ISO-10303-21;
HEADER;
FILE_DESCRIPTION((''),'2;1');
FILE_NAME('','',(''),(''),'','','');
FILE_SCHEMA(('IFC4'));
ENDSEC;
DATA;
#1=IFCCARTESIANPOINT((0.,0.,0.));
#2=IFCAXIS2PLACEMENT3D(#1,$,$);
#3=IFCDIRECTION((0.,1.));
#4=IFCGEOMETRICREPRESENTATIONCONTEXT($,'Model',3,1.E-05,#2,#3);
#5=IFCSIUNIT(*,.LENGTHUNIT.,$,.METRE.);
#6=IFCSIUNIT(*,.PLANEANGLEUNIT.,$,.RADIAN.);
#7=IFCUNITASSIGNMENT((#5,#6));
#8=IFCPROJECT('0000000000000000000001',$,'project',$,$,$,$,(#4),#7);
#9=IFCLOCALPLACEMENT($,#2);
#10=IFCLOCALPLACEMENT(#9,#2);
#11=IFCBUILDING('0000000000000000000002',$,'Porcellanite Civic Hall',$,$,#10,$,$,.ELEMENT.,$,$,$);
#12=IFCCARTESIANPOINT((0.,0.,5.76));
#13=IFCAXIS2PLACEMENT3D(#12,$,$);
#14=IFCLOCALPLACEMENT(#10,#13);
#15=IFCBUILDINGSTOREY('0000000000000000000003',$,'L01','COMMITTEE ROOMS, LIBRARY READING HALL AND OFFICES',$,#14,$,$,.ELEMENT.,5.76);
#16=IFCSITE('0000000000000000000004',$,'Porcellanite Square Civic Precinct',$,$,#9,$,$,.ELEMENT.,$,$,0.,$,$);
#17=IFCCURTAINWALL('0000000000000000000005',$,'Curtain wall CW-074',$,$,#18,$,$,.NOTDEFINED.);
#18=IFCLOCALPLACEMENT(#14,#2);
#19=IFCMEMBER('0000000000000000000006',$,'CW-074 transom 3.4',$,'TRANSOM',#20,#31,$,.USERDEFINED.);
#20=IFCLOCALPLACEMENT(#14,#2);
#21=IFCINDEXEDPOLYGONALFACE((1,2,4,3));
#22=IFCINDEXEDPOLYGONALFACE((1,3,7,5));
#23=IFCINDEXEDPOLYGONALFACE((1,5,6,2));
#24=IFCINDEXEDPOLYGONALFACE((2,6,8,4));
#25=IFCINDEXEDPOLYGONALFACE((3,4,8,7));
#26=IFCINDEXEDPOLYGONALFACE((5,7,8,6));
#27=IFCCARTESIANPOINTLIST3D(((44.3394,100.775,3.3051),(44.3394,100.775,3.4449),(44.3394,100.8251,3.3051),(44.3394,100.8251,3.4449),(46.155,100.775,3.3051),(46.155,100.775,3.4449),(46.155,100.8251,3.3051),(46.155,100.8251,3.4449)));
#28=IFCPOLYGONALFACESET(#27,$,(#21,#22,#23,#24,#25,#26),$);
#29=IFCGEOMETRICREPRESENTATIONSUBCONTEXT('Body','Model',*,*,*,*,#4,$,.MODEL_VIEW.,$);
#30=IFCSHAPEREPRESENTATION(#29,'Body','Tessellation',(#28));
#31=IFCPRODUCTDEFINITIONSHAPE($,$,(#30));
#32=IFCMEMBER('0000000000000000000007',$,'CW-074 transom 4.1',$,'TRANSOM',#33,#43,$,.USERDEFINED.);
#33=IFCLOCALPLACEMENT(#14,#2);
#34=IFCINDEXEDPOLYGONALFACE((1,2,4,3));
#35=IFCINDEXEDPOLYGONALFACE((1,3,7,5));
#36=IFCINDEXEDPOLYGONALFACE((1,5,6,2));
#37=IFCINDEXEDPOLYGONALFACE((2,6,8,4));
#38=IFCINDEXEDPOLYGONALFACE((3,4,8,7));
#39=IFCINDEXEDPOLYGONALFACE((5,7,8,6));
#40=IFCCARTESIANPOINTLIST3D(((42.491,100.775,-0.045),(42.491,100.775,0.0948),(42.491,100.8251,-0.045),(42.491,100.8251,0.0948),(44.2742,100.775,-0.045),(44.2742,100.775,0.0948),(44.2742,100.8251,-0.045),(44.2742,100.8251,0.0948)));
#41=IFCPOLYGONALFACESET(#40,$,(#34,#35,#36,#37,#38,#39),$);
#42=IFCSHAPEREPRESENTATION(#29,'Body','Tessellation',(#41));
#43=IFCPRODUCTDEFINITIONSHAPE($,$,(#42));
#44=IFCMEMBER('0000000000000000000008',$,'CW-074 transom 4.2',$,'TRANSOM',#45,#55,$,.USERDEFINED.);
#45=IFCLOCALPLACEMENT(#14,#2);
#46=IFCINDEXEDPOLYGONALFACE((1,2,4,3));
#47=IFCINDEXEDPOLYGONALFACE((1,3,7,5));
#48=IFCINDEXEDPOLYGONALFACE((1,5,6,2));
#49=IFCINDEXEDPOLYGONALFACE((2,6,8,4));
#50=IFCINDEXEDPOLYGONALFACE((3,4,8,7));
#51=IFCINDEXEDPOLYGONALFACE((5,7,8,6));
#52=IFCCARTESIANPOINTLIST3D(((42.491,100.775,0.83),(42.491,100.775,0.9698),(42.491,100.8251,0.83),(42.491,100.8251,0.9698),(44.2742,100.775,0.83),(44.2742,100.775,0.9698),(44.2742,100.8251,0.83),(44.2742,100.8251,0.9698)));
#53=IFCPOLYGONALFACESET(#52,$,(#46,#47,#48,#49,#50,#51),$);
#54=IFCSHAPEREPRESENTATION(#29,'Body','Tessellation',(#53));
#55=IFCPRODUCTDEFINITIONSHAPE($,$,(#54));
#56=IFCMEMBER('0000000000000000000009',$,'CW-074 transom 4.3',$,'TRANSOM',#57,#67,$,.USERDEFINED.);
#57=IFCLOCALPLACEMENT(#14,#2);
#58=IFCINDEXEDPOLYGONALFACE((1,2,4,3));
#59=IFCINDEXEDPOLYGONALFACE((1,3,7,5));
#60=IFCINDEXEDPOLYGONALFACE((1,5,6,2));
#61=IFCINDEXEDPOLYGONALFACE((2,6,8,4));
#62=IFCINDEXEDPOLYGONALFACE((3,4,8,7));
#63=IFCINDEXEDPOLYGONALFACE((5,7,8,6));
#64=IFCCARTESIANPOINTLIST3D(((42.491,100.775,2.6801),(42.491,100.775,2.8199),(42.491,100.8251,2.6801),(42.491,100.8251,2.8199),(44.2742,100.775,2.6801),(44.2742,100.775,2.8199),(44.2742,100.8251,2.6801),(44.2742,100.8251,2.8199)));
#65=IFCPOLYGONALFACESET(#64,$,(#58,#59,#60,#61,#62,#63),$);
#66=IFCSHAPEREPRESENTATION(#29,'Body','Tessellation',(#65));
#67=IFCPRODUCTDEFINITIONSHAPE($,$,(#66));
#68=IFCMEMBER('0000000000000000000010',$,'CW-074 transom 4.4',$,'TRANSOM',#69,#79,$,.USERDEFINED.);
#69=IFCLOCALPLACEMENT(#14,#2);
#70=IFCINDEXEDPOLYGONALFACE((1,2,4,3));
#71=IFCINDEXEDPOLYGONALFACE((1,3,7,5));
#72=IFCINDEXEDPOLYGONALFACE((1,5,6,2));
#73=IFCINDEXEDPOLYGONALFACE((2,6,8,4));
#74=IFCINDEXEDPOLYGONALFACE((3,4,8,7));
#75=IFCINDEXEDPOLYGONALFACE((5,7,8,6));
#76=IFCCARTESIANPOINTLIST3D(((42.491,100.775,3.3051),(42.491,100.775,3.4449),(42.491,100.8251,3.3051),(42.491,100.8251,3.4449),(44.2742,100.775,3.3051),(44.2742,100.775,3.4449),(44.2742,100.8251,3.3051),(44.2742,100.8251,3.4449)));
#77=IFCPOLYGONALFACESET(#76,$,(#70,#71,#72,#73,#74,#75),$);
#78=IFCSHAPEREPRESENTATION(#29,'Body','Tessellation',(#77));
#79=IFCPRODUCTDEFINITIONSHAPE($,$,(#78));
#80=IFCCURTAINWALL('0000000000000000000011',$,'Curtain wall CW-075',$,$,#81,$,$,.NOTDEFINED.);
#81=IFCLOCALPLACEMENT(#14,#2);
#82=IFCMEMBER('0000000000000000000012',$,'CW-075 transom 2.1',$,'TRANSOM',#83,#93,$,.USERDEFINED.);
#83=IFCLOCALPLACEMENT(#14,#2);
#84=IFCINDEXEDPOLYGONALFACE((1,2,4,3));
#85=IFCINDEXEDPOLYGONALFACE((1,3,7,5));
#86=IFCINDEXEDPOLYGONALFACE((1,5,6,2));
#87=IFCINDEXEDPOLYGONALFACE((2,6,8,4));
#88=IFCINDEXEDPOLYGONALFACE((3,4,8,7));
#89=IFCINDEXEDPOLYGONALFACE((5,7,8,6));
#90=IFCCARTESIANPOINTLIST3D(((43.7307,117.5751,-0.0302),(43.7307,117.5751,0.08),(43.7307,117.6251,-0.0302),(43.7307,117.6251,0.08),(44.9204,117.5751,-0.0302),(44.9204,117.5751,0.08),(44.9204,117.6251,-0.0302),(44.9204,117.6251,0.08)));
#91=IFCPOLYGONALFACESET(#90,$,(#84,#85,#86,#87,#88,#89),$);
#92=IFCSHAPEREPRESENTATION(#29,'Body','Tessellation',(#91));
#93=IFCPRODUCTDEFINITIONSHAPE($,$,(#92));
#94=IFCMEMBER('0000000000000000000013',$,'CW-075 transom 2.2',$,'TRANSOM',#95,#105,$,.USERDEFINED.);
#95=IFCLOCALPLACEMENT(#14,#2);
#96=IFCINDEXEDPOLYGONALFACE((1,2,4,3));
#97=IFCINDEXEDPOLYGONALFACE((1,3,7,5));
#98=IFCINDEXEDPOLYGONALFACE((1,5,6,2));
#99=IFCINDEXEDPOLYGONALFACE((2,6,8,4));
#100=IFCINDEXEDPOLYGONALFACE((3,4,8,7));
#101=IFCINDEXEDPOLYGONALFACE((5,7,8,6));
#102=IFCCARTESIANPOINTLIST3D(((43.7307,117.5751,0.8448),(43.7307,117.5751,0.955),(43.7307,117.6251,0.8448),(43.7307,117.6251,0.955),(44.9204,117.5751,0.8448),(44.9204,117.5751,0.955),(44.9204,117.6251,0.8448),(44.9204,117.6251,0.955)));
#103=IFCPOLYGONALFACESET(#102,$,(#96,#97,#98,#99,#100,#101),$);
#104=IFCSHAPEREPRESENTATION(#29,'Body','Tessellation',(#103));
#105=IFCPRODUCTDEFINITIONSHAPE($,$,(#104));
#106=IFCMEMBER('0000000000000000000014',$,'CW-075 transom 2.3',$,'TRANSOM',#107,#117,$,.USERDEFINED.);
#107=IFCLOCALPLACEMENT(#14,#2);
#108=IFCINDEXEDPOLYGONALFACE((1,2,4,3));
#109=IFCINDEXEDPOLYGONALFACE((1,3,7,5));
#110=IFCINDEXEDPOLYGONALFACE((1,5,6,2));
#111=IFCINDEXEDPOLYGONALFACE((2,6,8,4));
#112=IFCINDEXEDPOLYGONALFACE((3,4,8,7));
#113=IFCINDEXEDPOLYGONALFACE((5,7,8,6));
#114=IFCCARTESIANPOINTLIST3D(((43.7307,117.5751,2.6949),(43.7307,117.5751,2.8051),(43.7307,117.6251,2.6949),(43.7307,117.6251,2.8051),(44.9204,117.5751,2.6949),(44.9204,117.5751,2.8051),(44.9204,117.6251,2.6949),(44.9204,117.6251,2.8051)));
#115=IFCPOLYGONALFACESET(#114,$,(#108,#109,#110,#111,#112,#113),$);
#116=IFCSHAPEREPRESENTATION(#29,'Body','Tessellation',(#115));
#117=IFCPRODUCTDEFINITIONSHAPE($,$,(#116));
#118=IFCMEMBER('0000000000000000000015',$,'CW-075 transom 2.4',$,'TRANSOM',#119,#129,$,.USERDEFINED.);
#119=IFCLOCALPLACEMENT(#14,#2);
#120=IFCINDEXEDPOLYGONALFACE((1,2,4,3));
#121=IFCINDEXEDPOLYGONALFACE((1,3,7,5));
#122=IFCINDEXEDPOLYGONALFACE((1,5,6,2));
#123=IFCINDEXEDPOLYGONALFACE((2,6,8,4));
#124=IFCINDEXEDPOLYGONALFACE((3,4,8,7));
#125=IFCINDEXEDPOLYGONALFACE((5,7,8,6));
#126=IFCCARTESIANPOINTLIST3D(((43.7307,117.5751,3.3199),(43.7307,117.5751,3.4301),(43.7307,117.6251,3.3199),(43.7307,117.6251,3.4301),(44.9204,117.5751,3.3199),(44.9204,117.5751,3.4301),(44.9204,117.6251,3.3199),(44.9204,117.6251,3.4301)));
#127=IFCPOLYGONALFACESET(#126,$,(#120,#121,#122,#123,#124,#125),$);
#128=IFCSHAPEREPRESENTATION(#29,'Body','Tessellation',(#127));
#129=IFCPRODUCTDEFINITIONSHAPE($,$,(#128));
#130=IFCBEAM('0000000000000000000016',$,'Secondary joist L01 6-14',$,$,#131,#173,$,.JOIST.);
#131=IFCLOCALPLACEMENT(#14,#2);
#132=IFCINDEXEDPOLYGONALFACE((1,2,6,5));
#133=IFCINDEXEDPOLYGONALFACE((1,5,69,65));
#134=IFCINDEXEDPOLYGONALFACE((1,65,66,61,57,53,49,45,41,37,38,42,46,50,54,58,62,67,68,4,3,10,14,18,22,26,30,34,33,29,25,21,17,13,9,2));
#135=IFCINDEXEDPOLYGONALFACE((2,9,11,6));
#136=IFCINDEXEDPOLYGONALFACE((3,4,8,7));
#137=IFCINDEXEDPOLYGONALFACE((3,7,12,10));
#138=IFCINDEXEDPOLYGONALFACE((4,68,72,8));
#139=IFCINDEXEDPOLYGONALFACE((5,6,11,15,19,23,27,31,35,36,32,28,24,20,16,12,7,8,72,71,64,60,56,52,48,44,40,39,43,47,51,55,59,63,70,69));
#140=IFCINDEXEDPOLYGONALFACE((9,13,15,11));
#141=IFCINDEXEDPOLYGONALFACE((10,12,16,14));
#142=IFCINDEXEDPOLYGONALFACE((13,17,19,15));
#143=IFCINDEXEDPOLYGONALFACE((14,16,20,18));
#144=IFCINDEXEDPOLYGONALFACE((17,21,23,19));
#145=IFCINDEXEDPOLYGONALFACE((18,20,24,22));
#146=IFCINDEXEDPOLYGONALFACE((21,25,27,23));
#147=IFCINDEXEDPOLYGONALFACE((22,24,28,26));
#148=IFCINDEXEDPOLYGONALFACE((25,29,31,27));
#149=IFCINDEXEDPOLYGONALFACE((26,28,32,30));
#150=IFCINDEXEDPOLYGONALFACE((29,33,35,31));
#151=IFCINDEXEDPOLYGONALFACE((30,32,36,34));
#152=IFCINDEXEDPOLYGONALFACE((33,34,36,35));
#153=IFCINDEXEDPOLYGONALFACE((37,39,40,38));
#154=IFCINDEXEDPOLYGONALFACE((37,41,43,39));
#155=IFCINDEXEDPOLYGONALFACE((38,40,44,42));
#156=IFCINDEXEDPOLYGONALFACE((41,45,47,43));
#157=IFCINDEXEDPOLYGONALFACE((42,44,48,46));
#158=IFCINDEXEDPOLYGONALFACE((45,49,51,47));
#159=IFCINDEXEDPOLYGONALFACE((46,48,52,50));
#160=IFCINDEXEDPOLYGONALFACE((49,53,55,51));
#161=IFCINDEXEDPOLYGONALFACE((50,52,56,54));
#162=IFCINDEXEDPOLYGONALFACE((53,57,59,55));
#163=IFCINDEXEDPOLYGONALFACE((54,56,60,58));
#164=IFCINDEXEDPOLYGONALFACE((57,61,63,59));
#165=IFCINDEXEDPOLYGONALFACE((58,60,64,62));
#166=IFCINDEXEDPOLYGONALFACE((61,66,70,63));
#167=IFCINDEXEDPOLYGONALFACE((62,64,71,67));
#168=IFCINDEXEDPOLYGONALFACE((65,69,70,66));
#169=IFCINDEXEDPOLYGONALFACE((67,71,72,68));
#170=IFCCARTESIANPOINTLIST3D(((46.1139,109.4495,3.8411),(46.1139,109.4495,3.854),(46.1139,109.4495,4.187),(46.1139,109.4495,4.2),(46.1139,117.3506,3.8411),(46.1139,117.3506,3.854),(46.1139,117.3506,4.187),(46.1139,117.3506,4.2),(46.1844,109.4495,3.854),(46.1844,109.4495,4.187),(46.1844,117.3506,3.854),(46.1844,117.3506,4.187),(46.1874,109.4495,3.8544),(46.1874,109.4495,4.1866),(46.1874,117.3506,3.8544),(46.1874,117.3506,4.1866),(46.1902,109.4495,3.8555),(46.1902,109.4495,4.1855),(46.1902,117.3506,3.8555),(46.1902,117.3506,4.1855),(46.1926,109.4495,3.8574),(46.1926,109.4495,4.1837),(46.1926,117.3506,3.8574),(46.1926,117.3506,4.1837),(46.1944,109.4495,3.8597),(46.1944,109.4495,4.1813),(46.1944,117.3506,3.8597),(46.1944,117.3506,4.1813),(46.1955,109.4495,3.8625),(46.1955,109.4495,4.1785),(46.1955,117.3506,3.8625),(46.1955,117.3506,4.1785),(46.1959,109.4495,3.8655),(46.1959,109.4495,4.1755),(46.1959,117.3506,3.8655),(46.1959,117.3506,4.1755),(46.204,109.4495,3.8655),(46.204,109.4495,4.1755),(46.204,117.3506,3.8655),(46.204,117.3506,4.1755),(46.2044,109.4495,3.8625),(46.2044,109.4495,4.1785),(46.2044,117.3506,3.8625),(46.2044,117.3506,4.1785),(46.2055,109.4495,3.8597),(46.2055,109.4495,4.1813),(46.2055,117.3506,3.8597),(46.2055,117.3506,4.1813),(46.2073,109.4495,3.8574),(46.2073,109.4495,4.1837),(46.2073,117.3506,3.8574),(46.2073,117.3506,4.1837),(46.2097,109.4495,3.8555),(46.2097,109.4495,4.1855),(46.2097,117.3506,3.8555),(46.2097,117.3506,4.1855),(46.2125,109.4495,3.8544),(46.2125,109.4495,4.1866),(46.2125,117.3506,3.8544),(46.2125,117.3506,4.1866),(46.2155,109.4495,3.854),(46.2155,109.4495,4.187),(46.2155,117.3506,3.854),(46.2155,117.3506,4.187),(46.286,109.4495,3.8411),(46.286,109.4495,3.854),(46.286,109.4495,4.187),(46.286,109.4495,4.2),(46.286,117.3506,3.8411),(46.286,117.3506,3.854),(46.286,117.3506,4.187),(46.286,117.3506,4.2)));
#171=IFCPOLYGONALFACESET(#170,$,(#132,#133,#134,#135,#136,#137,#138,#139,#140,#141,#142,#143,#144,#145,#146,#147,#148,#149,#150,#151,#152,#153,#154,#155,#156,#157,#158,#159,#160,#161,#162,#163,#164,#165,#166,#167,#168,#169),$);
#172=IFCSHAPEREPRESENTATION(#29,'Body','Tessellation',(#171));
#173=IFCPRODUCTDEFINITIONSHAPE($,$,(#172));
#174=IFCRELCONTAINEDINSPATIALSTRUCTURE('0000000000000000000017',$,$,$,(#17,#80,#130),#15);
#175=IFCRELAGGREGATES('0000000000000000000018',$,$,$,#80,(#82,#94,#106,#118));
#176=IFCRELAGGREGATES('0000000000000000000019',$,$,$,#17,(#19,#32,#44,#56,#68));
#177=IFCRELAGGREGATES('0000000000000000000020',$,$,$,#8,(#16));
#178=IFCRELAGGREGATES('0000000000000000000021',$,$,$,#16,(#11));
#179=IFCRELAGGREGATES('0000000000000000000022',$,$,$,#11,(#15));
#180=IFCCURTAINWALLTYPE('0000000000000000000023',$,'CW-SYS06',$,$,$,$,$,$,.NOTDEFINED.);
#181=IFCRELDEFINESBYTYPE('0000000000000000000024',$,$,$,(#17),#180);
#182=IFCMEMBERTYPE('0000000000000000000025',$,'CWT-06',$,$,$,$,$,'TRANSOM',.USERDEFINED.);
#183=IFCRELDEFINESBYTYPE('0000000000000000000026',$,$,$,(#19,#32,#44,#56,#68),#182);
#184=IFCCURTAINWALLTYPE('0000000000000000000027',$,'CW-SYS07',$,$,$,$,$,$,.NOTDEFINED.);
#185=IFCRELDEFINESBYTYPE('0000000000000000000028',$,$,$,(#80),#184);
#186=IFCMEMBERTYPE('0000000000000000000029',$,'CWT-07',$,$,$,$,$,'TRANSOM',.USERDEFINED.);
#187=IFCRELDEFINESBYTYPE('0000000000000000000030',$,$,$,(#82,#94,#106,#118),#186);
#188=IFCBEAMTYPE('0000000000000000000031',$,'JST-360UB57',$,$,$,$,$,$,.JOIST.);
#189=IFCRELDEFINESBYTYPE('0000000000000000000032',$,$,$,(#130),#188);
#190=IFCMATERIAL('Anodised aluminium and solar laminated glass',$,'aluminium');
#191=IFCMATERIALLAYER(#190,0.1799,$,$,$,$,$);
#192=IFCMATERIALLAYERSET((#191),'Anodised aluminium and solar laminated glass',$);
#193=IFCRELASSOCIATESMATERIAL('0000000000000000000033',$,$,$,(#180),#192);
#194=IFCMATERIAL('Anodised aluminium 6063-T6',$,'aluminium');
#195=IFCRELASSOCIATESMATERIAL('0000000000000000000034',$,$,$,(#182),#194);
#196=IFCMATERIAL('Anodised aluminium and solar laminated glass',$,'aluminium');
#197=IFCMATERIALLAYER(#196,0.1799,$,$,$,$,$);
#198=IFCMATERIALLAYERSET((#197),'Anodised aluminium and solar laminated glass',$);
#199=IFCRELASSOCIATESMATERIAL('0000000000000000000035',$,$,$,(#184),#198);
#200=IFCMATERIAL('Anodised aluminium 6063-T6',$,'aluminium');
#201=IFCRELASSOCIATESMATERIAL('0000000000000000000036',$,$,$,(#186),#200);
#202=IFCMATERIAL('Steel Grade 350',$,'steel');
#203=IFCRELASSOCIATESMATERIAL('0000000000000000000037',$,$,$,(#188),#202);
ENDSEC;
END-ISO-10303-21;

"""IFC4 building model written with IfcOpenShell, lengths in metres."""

from ifc_helpers import new_model, si_unit, direction, frame, origin, origin_2d, place, context, subcontext, project, spatial, rectangle, i_section, extrude, material, layer, layer_set, material_profile, profile_set, type_object, element, aggregate, save


model = new_model("IFC4")

# Units and contexts
model_context = context("Model", 3, precision=1e-05, world=origin(), true_north=direction((0.0, 1.0)))
body_context = subcontext(model_context, "Body", "Model", "MODEL_VIEW")
ifc_project = project(units=[si_unit("LENGTHUNIT", "METRE"), si_unit("PLANEANGLEUNIT", "RADIAN")], contexts=[model_context])

# Site, building, storey
site_placement = place(None, origin())
site = spatial("IfcSite", under=ifc_project, at=site_placement, Name="Porcellanite Square Civic Precinct", CompositionType="ELEMENT", RefElevation=0.0)
building_placement = place(site_placement, origin())
building = spatial("IfcBuilding", under=site, at=building_placement, Name="Porcellanite Civic Hall", CompositionType="ELEMENT")
storey_placement = place(building_placement, frame((0.0, 0.0, 5.76)))
storey = spatial("IfcBuildingStorey", under=building, at=storey_placement, Name="L01", Description="COMMITTEE ROOMS, LIBRARY READING HALL AND OFFICES", CompositionType="ELEMENT", Elevation=5.76)

# Curtain walls, members
ifc_material_1 = material(Name="Anodised aluminium and solar laminated glass", Category="aluminium")
ifc_layer_1 = layer(ifc_material_1, 0.1799)
ifc_layer_set_1 = layer_set([ifc_layer_1], Name="Anodised aluminium and solar laminated glass")
curtain_wall_type_1 = type_object("IfcCurtainWallType", Name="CW-SYS06", PredefinedType="NOTDEFINED", material=ifc_layer_set_1)
curtain_wall_1_placement = place(storey_placement, origin())
curtain_wall_1 = element("IfcCurtainWall", 1, at=curtain_wall_1_placement, inside=storey, type_object=curtain_wall_type_1, Name="Curtain wall CW-074", PredefinedType="NOTDEFINED")
ifc_material_2 = material(Name="Anodised aluminium 6063-T6", Category="aluminium")
ifc_material_profile_1 = material_profile(ifc_material_2, rectangle(XDim=0.05, YDim=0.1399, at=origin_2d()), Name="AL-50x140")
ifc_profile_set_1 = profile_set([ifc_material_profile_1], Name="Anodised aluminium 6063-T6")
member_type_1 = type_object("IfcMemberType", Name="CWT-06", ElementType="TRANSOM", PredefinedType="USERDEFINED", material=ifc_profile_set_1)
member_1_placement = place(storey_placement, frame((46.155, 100.8, 3.375), z_axis=(-1.0, 0.0, 0.0), x_axis=(0.0, -1.0, 0.0)))
member_1 = element("IfcMember", 2, at=member_1_placement, type_object=member_type_1, Name="CW-074 transom 3.4", ObjectType="TRANSOM", PredefinedType="USERDEFINED", context=body_context, shape_type="SweptSolid", body=[
    extrude(rectangle(XDim=0.05, YDim=0.1399, at=origin_2d()), origin(), (0.0, 0.0, 1.0), 1.8157),
])
member_2_placement = place(storey_placement, frame((44.2742, 100.8, 0.0249), z_axis=(-1.0, 0.0, 0.0), x_axis=(0.0, -1.0, 0.0)))
member_2 = element("IfcMember", 3, at=member_2_placement, type_object=member_type_1, Name="CW-074 transom 4.1", ObjectType="TRANSOM", PredefinedType="USERDEFINED", context=body_context, shape_type="SweptSolid", body=[
    extrude(rectangle(XDim=0.05, YDim=0.1399, at=origin_2d()), origin(), (0.0, 0.0, 1.0), 1.7832),
])
member_3_placement = place(storey_placement, frame((44.2742, 100.8, 0.8999), z_axis=(-1.0, 0.0, 0.0), x_axis=(0.0, -1.0, 0.0)))
member_3 = element("IfcMember", 4, at=member_3_placement, type_object=member_type_1, Name="CW-074 transom 4.2", ObjectType="TRANSOM", PredefinedType="USERDEFINED", context=body_context, shape_type="SweptSolid", body=[
    extrude(rectangle(XDim=0.05, YDim=0.1399, at=origin_2d()), origin(), (0.0, 0.0, 1.0), 1.7832),
])
member_4_placement = place(storey_placement, frame((44.2742, 100.8, 2.75), z_axis=(-1.0, 0.0, 0.0), x_axis=(0.0, -1.0, 0.0)))
member_4 = element("IfcMember", 5, at=member_4_placement, type_object=member_type_1, Name="CW-074 transom 4.3", ObjectType="TRANSOM", PredefinedType="USERDEFINED", context=body_context, shape_type="SweptSolid", body=[
    extrude(rectangle(XDim=0.05, YDim=0.1399, at=origin_2d()), origin(), (0.0, 0.0, 1.0), 1.7832),
])
member_5_placement = place(storey_placement, frame((44.2742, 100.8, 3.375), z_axis=(-1.0, 0.0, 0.0), x_axis=(0.0, -1.0, 0.0)))
member_5 = element("IfcMember", 6, at=member_5_placement, type_object=member_type_1, Name="CW-074 transom 4.4", ObjectType="TRANSOM", PredefinedType="USERDEFINED", context=body_context, shape_type="SweptSolid", body=[
    extrude(rectangle(XDim=0.05, YDim=0.1399, at=origin_2d()), origin(), (0.0, 0.0, 1.0), 1.7832),
])
ifc_material_3 = material(Name="Anodised aluminium and solar laminated glass", Category="aluminium")
ifc_layer_2 = layer(ifc_material_3, 0.1799)
ifc_layer_set_2 = layer_set([ifc_layer_2], Name="Anodised aluminium and solar laminated glass")
curtain_wall_type_2 = type_object("IfcCurtainWallType", Name="CW-SYS07", PredefinedType="NOTDEFINED", material=ifc_layer_set_2)
curtain_wall_2_placement = place(storey_placement, origin())
curtain_wall_2 = element("IfcCurtainWall", 7, at=curtain_wall_2_placement, inside=storey, type_object=curtain_wall_type_2, Name="Curtain wall CW-075", PredefinedType="NOTDEFINED")
ifc_material_4 = material(Name="Anodised aluminium 6063-T6", Category="aluminium")
ifc_material_profile_2 = material_profile(ifc_material_4, rectangle(XDim=0.05, YDim=0.1101, at=origin_2d()), Name="AL-50x110")
ifc_profile_set_2 = profile_set([ifc_material_profile_2], Name="Anodised aluminium 6063-T6")
member_type_2 = type_object("IfcMemberType", Name="CWT-07", ElementType="TRANSOM", PredefinedType="USERDEFINED", material=ifc_profile_set_2)
member_6_placement = place(storey_placement, frame((43.7307, 117.6001, 0.0249), z_axis=(1.0, 0.0, 0.0), x_axis=(0.0, 1.0, 0.0)))
member_6 = element("IfcMember", 8, at=member_6_placement, type_object=member_type_2, Name="CW-075 transom 2.1", ObjectType="TRANSOM", PredefinedType="USERDEFINED", context=body_context, shape_type="SweptSolid", body=[
    extrude(rectangle(XDim=0.05, YDim=0.1101, at=origin_2d()), origin(), (0.0, 0.0, 1.0), 1.1897),
])
member_7_placement = place(storey_placement, frame((43.7307, 117.6001, 0.8999), z_axis=(1.0, 0.0, 0.0), x_axis=(0.0, 1.0, 0.0)))
member_7 = element("IfcMember", 9, at=member_7_placement, type_object=member_type_2, Name="CW-075 transom 2.2", ObjectType="TRANSOM", PredefinedType="USERDEFINED", context=body_context, shape_type="SweptSolid", body=[
    extrude(rectangle(XDim=0.05, YDim=0.1101, at=origin_2d()), origin(), (0.0, 0.0, 1.0), 1.1897),
])
member_8_placement = place(storey_placement, frame((43.7307, 117.6001, 2.75), z_axis=(1.0, 0.0, 0.0), x_axis=(0.0, 1.0, 0.0)))
member_8 = element("IfcMember", 10, at=member_8_placement, type_object=member_type_2, Name="CW-075 transom 2.3", ObjectType="TRANSOM", PredefinedType="USERDEFINED", context=body_context, shape_type="SweptSolid", body=[
    extrude(rectangle(XDim=0.05, YDim=0.1101, at=origin_2d()), origin(), (0.0, 0.0, 1.0), 1.1897),
])
member_9_placement = place(storey_placement, frame((43.7307, 117.6001, 3.375), z_axis=(1.0, 0.0, 0.0), x_axis=(0.0, 1.0, 0.0)))
member_9 = element("IfcMember", 11, at=member_9_placement, type_object=member_type_2, Name="CW-075 transom 2.4", ObjectType="TRANSOM", PredefinedType="USERDEFINED", context=body_context, shape_type="SweptSolid", body=[
    extrude(rectangle(XDim=0.05, YDim=0.1101, at=origin_2d()), origin(), (0.0, 0.0, 1.0), 1.1897),
])
aggregate(curtain_wall_2, [member_6, member_7, member_8, member_9])

# Beam
ifc_material_5 = material(Name="Steel Grade 350", Category="steel")
ifc_material_profile_3 = material_profile(ifc_material_5, i_section(OverallWidth=0.1721, OverallDepth=0.3589, WebThickness=0.0081, FlangeThickness=0.0129, FilletRadius=0.0115, at=origin_2d()), Name="360UB56.7")
ifc_profile_set_3 = profile_set([ifc_material_profile_3], Name="Steel Grade 350")
beam_type_1 = type_object("IfcBeamType", Name="JST-360UB57", PredefinedType="JOIST", material=ifc_profile_set_3)
beam_1_placement = place(storey_placement, frame((46.2, 109.4495, 4.0205), z_axis=(0.0, 1.0, 0.0), x_axis=(-1.0, 0.0, 0.0)))
element("IfcBeam", 12, at=beam_1_placement, inside=storey, type_object=beam_type_1, Name="Secondary joist L01 6-14", PredefinedType="JOIST", context=body_context, shape_type="SweptSolid", body=[
    extrude(i_section(OverallWidth=0.1721, OverallDepth=0.3589, WebThickness=0.0081, FlangeThickness=0.0129, FilletRadius=0.0115, at=origin_2d()), origin(), (0.0, 0.0, 1.0), 7.9011),
])

aggregate(curtain_wall_1, [member_1, member_2, member_3, member_4, member_5])

save(model, "model.ifc")
